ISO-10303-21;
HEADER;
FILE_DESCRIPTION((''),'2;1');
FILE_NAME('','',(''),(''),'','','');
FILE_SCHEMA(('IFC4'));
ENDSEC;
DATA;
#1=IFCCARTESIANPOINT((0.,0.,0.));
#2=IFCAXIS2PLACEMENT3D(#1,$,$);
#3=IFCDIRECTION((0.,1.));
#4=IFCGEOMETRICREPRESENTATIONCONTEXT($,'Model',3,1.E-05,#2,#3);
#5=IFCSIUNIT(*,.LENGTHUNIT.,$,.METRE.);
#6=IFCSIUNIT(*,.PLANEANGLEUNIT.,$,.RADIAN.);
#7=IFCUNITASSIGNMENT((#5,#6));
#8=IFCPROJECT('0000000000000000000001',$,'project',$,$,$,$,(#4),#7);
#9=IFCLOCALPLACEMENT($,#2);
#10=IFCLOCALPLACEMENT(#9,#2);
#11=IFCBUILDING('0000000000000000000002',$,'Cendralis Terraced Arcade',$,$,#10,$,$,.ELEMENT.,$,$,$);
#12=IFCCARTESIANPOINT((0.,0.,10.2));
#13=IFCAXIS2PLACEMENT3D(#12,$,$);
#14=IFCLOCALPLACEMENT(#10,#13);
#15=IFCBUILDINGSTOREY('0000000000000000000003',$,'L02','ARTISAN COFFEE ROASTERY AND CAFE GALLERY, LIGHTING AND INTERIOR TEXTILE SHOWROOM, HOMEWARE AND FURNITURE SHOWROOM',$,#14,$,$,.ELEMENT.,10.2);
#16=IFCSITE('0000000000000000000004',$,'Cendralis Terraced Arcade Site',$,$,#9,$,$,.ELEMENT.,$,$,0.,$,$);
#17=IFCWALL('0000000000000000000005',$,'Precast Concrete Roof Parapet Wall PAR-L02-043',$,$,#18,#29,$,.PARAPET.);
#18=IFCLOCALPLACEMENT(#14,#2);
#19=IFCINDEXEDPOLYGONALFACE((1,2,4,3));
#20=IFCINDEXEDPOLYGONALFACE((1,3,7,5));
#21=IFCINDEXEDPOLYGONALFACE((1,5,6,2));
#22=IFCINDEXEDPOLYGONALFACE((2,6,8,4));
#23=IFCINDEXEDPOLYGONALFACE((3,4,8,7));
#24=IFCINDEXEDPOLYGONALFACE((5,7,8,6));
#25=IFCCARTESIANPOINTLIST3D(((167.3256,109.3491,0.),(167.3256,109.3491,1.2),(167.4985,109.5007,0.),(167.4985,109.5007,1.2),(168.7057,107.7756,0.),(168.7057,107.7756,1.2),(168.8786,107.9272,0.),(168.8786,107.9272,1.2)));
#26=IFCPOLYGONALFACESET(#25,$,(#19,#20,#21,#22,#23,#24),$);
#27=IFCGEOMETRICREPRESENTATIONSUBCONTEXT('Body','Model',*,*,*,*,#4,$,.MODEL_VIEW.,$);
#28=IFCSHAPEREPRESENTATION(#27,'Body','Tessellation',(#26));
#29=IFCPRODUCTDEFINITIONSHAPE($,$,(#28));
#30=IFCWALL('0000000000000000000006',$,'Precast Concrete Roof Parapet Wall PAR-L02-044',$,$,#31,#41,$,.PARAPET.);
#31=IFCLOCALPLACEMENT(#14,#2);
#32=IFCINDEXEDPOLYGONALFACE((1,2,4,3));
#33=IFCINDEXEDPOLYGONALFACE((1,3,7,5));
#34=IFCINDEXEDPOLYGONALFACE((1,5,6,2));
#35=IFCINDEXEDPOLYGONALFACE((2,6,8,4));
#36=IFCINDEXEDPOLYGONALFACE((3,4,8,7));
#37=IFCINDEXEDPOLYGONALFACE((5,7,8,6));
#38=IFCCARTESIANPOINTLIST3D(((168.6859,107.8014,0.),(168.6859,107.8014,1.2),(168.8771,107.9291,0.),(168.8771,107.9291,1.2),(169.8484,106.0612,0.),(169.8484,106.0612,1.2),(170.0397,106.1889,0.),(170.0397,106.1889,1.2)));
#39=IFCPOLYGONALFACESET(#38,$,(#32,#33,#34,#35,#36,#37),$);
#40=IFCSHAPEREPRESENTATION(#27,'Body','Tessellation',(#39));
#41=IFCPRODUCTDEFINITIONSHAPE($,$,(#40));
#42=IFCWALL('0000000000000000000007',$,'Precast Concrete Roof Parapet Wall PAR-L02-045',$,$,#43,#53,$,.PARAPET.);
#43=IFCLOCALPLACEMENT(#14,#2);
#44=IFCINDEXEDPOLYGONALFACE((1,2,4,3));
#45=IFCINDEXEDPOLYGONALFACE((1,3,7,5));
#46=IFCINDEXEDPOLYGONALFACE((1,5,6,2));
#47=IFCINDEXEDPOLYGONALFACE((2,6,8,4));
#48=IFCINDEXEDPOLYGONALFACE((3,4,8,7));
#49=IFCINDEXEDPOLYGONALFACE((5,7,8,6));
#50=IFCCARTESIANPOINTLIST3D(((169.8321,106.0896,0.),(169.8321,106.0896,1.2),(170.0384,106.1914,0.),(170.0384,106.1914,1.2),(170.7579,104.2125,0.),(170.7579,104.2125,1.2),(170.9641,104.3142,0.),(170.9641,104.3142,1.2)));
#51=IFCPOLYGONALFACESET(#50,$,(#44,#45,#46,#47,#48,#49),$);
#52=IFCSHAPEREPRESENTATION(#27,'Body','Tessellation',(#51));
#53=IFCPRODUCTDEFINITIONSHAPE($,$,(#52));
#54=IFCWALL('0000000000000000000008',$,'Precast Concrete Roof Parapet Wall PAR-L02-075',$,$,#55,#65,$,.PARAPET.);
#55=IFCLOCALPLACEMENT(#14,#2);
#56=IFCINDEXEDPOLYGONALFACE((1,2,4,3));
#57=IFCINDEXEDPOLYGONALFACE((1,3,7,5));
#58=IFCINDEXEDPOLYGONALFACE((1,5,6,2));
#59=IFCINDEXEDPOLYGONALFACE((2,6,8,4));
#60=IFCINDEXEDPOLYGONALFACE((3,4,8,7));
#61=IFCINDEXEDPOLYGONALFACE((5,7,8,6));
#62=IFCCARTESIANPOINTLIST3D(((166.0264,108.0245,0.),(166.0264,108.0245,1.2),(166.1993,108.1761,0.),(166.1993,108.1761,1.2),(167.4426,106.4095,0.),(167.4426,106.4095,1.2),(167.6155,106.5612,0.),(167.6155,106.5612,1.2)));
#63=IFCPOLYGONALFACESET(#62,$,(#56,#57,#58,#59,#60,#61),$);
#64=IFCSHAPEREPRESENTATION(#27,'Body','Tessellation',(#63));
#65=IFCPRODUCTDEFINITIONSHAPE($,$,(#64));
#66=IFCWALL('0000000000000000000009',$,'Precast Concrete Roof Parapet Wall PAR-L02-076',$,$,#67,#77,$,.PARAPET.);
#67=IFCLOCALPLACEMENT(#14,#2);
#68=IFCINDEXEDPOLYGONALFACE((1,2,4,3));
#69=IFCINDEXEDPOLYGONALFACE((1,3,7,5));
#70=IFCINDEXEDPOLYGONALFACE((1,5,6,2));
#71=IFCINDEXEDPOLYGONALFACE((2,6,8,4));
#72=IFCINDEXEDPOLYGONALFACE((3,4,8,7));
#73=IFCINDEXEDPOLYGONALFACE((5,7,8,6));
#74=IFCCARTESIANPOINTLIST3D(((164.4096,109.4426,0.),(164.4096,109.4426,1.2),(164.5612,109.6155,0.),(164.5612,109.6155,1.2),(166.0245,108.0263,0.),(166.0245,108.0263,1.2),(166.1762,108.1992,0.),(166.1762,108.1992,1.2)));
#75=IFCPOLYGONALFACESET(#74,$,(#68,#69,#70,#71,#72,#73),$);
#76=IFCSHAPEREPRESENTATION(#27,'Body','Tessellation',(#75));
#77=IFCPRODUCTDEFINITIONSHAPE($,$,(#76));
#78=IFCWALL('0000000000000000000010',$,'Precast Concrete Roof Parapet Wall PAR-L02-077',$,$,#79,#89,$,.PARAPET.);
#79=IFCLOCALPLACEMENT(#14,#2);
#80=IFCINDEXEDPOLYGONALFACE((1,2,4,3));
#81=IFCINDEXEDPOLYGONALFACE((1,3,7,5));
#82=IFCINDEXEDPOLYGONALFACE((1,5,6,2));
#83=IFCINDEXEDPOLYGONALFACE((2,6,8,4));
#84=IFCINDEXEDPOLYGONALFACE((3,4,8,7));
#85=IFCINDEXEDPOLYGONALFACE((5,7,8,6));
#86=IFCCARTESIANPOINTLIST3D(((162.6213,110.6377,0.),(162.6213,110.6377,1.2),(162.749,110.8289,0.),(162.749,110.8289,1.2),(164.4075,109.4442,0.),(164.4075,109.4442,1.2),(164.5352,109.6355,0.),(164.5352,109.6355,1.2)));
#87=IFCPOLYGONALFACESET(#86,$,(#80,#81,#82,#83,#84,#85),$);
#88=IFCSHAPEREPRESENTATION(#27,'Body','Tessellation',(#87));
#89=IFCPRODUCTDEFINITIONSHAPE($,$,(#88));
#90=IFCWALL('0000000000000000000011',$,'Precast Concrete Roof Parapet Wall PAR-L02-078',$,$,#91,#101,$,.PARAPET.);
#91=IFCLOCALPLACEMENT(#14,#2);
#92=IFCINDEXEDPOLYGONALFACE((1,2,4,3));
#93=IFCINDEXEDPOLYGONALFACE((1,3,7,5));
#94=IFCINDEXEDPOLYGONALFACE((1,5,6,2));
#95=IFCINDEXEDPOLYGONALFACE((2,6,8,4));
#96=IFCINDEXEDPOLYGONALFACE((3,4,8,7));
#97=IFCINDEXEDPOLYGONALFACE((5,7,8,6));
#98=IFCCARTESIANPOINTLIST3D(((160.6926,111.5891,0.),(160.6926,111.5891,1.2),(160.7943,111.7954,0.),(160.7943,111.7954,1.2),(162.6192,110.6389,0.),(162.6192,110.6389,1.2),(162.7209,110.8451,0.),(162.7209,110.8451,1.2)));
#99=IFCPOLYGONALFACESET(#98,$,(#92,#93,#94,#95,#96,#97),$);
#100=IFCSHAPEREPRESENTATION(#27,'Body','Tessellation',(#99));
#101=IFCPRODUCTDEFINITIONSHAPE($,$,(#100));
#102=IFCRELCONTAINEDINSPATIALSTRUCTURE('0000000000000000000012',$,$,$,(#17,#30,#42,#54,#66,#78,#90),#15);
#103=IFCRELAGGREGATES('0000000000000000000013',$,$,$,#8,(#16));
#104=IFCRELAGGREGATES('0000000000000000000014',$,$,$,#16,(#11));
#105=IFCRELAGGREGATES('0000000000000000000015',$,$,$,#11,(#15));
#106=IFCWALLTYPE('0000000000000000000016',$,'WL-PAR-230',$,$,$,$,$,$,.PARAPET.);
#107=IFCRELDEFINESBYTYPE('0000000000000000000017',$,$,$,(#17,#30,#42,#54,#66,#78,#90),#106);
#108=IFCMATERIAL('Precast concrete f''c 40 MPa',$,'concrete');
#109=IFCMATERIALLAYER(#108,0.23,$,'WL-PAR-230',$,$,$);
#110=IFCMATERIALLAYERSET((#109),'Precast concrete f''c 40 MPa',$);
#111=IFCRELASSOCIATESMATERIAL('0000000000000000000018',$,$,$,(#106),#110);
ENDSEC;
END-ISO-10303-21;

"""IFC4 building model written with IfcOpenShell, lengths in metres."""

from ifc_helpers import new_model, si_unit, direction, frame, frame_2d, origin, place, context, subcontext, project, spatial, rectangle, extrude, material, layer, layer_set, type_object, element, save


model = new_model("IFC4")

# Units and contexts
model_context = context("Model", 3, precision=1e-05, world=origin(), true_north=direction((0.0, 1.0)))
body_context = subcontext(model_context, "Body", "Model", "MODEL_VIEW")
ifc_project = project(units=[si_unit("LENGTHUNIT", "METRE"), si_unit("PLANEANGLEUNIT", "RADIAN")], contexts=[model_context])

# Site, building, storey
site_placement = place(None, origin())
site = spatial("IfcSite", under=ifc_project, at=site_placement, Name="Cendralis Terraced Arcade Site", CompositionType="ELEMENT", RefElevation=0.0)
building_placement = place(site_placement, origin())
building = spatial("IfcBuilding", under=site, at=building_placement, Name="Cendralis Terraced Arcade", CompositionType="ELEMENT")
storey_placement = place(building_placement, frame((0.0, 0.0, 10.2)))
storey = spatial("IfcBuildingStorey", under=building, at=storey_placement, Name="L02", Description="ARTISAN COFFEE ROASTERY AND CAFE GALLERY, LIGHTING AND INTERIOR TEXTILE SHOWROOM, HOMEWARE AND FURNITURE SHOWROOM", CompositionType="ELEMENT", Elevation=10.2)

# Walls
ifc_material_1 = material(Name="Precast concrete f'c 40 MPa", Category="concrete")
ifc_layer_1 = layer(ifc_material_1, 0.23, Name="WL-PAR-230")
ifc_layer_set_1 = layer_set([ifc_layer_1], Name="Precast concrete f'c 40 MPa")
wall_type_1 = type_object("IfcWallType", Name="WL-PAR-230", PredefinedType="PARAPET", material=ifc_layer_set_1)
for number, where, z_axis, x_axis, name in (
    (1, (167.4121, 109.4248, 0.0), (0.0, 0.0, 1.0), (0.659404, -0.751789, 0.0), "Precast Concrete Roof Parapet Wall PAR-L02-043"),
):
    element("IfcWall", number, at=place(storey_placement, frame(where, z_axis=z_axis, x_axis=x_axis)), inside=storey, type_object=wall_type_1, Name=name, PredefinedType="PARAPET", context=body_context, shape_type="SweptSolid", body=[
        extrude(rectangle(XDim=2.093, YDim=0.23, at=frame_2d((1.0464, 0.0))), origin(), (0.0, 0.0, 1.0), 1.2),
    ])
wall_1_placement = place(storey_placement, frame((168.7815, 107.8652, 0.0), z_axis=(0.0, 0.0, 1.0), x_axis=(0.555508, -0.831511, 0.0)))
element("IfcWall", 2, at=wall_1_placement, inside=storey, type_object=wall_type_1, Name="Precast Concrete Roof Parapet Wall PAR-L02-044", PredefinedType="PARAPET", context=body_context, shape_type="SweptSolid", body=[
    extrude(rectangle(XDim=2.0928, YDim=0.23, at=frame_2d((1.0464, 0.0))), origin(), (0.0, 0.0, 1.0), 1.2),
])
wall_2_placement = place(storey_placement, frame((169.9353, 106.1404, 0.0), z_axis=(0.0, 0.0, 1.0), x_axis=(0.442308, -0.896863, 0.0)))
element("IfcWall", 3, at=wall_2_placement, inside=storey, type_object=wall_type_1, Name="Precast Concrete Roof Parapet Wall PAR-L02-045", PredefinedType="PARAPET", context=body_context, shape_type="SweptSolid", body=[
    extrude(rectangle(XDim=2.093, YDim=0.23, at=frame_2d((1.0464, 0.0))), origin(), (0.0, 0.0, 1.0), 1.2),
])
for number, where, z_axis, x_axis, name in (
    (4, (167.5291, 106.4854, 0.0), (0.0, 0.0, 1.0), (-0.659333, 0.751851, 0.0), "Precast Concrete Roof Parapet Wall PAR-L02-075"),
    (5, (166.1003, 108.1128, 0.0), (0.0, 0.0, 1.0), (-0.751851, 0.659333, 0.0), "Precast Concrete Roof Parapet Wall PAR-L02-076"),
):
    element("IfcWall", number, at=place(storey_placement, frame(where, z_axis=z_axis, x_axis=x_axis)), inside=storey, type_object=wall_type_1, Name=name, PredefinedType="PARAPET", context=body_context, shape_type="SweptSolid", body=[
        extrude(rectangle(XDim=2.1479, YDim=0.23, at=frame_2d((1.074, 0.0))), origin(), (0.0, 0.0, 1.0), 1.2),
    ])
for number, where, z_axis, x_axis, name in (
    (6, (164.4714, 109.5398, 0.0), (0.0, 0.0, 1.0), (-0.83149, 0.555539, 0.0), "Precast Concrete Roof Parapet Wall PAR-L02-077"),
    (7, (162.6702, 110.7419, 0.0), (0.0, 0.0, 1.0), (-0.896846, 0.442343, 0.0), "Precast Concrete Roof Parapet Wall PAR-L02-078"),
):
    element("IfcWall", number, at=place(storey_placement, frame(where, z_axis=z_axis, x_axis=x_axis)), inside=storey, type_object=wall_type_1, Name=name, PredefinedType="PARAPET", context=body_context, shape_type="SweptSolid", body=[
        extrude(rectangle(XDim=2.1482, YDim=0.23, at=frame_2d((1.0742, 0.0))), origin(), (0.0, 0.0, 1.0), 1.2),
    ])

save(model, "model.ifc")
